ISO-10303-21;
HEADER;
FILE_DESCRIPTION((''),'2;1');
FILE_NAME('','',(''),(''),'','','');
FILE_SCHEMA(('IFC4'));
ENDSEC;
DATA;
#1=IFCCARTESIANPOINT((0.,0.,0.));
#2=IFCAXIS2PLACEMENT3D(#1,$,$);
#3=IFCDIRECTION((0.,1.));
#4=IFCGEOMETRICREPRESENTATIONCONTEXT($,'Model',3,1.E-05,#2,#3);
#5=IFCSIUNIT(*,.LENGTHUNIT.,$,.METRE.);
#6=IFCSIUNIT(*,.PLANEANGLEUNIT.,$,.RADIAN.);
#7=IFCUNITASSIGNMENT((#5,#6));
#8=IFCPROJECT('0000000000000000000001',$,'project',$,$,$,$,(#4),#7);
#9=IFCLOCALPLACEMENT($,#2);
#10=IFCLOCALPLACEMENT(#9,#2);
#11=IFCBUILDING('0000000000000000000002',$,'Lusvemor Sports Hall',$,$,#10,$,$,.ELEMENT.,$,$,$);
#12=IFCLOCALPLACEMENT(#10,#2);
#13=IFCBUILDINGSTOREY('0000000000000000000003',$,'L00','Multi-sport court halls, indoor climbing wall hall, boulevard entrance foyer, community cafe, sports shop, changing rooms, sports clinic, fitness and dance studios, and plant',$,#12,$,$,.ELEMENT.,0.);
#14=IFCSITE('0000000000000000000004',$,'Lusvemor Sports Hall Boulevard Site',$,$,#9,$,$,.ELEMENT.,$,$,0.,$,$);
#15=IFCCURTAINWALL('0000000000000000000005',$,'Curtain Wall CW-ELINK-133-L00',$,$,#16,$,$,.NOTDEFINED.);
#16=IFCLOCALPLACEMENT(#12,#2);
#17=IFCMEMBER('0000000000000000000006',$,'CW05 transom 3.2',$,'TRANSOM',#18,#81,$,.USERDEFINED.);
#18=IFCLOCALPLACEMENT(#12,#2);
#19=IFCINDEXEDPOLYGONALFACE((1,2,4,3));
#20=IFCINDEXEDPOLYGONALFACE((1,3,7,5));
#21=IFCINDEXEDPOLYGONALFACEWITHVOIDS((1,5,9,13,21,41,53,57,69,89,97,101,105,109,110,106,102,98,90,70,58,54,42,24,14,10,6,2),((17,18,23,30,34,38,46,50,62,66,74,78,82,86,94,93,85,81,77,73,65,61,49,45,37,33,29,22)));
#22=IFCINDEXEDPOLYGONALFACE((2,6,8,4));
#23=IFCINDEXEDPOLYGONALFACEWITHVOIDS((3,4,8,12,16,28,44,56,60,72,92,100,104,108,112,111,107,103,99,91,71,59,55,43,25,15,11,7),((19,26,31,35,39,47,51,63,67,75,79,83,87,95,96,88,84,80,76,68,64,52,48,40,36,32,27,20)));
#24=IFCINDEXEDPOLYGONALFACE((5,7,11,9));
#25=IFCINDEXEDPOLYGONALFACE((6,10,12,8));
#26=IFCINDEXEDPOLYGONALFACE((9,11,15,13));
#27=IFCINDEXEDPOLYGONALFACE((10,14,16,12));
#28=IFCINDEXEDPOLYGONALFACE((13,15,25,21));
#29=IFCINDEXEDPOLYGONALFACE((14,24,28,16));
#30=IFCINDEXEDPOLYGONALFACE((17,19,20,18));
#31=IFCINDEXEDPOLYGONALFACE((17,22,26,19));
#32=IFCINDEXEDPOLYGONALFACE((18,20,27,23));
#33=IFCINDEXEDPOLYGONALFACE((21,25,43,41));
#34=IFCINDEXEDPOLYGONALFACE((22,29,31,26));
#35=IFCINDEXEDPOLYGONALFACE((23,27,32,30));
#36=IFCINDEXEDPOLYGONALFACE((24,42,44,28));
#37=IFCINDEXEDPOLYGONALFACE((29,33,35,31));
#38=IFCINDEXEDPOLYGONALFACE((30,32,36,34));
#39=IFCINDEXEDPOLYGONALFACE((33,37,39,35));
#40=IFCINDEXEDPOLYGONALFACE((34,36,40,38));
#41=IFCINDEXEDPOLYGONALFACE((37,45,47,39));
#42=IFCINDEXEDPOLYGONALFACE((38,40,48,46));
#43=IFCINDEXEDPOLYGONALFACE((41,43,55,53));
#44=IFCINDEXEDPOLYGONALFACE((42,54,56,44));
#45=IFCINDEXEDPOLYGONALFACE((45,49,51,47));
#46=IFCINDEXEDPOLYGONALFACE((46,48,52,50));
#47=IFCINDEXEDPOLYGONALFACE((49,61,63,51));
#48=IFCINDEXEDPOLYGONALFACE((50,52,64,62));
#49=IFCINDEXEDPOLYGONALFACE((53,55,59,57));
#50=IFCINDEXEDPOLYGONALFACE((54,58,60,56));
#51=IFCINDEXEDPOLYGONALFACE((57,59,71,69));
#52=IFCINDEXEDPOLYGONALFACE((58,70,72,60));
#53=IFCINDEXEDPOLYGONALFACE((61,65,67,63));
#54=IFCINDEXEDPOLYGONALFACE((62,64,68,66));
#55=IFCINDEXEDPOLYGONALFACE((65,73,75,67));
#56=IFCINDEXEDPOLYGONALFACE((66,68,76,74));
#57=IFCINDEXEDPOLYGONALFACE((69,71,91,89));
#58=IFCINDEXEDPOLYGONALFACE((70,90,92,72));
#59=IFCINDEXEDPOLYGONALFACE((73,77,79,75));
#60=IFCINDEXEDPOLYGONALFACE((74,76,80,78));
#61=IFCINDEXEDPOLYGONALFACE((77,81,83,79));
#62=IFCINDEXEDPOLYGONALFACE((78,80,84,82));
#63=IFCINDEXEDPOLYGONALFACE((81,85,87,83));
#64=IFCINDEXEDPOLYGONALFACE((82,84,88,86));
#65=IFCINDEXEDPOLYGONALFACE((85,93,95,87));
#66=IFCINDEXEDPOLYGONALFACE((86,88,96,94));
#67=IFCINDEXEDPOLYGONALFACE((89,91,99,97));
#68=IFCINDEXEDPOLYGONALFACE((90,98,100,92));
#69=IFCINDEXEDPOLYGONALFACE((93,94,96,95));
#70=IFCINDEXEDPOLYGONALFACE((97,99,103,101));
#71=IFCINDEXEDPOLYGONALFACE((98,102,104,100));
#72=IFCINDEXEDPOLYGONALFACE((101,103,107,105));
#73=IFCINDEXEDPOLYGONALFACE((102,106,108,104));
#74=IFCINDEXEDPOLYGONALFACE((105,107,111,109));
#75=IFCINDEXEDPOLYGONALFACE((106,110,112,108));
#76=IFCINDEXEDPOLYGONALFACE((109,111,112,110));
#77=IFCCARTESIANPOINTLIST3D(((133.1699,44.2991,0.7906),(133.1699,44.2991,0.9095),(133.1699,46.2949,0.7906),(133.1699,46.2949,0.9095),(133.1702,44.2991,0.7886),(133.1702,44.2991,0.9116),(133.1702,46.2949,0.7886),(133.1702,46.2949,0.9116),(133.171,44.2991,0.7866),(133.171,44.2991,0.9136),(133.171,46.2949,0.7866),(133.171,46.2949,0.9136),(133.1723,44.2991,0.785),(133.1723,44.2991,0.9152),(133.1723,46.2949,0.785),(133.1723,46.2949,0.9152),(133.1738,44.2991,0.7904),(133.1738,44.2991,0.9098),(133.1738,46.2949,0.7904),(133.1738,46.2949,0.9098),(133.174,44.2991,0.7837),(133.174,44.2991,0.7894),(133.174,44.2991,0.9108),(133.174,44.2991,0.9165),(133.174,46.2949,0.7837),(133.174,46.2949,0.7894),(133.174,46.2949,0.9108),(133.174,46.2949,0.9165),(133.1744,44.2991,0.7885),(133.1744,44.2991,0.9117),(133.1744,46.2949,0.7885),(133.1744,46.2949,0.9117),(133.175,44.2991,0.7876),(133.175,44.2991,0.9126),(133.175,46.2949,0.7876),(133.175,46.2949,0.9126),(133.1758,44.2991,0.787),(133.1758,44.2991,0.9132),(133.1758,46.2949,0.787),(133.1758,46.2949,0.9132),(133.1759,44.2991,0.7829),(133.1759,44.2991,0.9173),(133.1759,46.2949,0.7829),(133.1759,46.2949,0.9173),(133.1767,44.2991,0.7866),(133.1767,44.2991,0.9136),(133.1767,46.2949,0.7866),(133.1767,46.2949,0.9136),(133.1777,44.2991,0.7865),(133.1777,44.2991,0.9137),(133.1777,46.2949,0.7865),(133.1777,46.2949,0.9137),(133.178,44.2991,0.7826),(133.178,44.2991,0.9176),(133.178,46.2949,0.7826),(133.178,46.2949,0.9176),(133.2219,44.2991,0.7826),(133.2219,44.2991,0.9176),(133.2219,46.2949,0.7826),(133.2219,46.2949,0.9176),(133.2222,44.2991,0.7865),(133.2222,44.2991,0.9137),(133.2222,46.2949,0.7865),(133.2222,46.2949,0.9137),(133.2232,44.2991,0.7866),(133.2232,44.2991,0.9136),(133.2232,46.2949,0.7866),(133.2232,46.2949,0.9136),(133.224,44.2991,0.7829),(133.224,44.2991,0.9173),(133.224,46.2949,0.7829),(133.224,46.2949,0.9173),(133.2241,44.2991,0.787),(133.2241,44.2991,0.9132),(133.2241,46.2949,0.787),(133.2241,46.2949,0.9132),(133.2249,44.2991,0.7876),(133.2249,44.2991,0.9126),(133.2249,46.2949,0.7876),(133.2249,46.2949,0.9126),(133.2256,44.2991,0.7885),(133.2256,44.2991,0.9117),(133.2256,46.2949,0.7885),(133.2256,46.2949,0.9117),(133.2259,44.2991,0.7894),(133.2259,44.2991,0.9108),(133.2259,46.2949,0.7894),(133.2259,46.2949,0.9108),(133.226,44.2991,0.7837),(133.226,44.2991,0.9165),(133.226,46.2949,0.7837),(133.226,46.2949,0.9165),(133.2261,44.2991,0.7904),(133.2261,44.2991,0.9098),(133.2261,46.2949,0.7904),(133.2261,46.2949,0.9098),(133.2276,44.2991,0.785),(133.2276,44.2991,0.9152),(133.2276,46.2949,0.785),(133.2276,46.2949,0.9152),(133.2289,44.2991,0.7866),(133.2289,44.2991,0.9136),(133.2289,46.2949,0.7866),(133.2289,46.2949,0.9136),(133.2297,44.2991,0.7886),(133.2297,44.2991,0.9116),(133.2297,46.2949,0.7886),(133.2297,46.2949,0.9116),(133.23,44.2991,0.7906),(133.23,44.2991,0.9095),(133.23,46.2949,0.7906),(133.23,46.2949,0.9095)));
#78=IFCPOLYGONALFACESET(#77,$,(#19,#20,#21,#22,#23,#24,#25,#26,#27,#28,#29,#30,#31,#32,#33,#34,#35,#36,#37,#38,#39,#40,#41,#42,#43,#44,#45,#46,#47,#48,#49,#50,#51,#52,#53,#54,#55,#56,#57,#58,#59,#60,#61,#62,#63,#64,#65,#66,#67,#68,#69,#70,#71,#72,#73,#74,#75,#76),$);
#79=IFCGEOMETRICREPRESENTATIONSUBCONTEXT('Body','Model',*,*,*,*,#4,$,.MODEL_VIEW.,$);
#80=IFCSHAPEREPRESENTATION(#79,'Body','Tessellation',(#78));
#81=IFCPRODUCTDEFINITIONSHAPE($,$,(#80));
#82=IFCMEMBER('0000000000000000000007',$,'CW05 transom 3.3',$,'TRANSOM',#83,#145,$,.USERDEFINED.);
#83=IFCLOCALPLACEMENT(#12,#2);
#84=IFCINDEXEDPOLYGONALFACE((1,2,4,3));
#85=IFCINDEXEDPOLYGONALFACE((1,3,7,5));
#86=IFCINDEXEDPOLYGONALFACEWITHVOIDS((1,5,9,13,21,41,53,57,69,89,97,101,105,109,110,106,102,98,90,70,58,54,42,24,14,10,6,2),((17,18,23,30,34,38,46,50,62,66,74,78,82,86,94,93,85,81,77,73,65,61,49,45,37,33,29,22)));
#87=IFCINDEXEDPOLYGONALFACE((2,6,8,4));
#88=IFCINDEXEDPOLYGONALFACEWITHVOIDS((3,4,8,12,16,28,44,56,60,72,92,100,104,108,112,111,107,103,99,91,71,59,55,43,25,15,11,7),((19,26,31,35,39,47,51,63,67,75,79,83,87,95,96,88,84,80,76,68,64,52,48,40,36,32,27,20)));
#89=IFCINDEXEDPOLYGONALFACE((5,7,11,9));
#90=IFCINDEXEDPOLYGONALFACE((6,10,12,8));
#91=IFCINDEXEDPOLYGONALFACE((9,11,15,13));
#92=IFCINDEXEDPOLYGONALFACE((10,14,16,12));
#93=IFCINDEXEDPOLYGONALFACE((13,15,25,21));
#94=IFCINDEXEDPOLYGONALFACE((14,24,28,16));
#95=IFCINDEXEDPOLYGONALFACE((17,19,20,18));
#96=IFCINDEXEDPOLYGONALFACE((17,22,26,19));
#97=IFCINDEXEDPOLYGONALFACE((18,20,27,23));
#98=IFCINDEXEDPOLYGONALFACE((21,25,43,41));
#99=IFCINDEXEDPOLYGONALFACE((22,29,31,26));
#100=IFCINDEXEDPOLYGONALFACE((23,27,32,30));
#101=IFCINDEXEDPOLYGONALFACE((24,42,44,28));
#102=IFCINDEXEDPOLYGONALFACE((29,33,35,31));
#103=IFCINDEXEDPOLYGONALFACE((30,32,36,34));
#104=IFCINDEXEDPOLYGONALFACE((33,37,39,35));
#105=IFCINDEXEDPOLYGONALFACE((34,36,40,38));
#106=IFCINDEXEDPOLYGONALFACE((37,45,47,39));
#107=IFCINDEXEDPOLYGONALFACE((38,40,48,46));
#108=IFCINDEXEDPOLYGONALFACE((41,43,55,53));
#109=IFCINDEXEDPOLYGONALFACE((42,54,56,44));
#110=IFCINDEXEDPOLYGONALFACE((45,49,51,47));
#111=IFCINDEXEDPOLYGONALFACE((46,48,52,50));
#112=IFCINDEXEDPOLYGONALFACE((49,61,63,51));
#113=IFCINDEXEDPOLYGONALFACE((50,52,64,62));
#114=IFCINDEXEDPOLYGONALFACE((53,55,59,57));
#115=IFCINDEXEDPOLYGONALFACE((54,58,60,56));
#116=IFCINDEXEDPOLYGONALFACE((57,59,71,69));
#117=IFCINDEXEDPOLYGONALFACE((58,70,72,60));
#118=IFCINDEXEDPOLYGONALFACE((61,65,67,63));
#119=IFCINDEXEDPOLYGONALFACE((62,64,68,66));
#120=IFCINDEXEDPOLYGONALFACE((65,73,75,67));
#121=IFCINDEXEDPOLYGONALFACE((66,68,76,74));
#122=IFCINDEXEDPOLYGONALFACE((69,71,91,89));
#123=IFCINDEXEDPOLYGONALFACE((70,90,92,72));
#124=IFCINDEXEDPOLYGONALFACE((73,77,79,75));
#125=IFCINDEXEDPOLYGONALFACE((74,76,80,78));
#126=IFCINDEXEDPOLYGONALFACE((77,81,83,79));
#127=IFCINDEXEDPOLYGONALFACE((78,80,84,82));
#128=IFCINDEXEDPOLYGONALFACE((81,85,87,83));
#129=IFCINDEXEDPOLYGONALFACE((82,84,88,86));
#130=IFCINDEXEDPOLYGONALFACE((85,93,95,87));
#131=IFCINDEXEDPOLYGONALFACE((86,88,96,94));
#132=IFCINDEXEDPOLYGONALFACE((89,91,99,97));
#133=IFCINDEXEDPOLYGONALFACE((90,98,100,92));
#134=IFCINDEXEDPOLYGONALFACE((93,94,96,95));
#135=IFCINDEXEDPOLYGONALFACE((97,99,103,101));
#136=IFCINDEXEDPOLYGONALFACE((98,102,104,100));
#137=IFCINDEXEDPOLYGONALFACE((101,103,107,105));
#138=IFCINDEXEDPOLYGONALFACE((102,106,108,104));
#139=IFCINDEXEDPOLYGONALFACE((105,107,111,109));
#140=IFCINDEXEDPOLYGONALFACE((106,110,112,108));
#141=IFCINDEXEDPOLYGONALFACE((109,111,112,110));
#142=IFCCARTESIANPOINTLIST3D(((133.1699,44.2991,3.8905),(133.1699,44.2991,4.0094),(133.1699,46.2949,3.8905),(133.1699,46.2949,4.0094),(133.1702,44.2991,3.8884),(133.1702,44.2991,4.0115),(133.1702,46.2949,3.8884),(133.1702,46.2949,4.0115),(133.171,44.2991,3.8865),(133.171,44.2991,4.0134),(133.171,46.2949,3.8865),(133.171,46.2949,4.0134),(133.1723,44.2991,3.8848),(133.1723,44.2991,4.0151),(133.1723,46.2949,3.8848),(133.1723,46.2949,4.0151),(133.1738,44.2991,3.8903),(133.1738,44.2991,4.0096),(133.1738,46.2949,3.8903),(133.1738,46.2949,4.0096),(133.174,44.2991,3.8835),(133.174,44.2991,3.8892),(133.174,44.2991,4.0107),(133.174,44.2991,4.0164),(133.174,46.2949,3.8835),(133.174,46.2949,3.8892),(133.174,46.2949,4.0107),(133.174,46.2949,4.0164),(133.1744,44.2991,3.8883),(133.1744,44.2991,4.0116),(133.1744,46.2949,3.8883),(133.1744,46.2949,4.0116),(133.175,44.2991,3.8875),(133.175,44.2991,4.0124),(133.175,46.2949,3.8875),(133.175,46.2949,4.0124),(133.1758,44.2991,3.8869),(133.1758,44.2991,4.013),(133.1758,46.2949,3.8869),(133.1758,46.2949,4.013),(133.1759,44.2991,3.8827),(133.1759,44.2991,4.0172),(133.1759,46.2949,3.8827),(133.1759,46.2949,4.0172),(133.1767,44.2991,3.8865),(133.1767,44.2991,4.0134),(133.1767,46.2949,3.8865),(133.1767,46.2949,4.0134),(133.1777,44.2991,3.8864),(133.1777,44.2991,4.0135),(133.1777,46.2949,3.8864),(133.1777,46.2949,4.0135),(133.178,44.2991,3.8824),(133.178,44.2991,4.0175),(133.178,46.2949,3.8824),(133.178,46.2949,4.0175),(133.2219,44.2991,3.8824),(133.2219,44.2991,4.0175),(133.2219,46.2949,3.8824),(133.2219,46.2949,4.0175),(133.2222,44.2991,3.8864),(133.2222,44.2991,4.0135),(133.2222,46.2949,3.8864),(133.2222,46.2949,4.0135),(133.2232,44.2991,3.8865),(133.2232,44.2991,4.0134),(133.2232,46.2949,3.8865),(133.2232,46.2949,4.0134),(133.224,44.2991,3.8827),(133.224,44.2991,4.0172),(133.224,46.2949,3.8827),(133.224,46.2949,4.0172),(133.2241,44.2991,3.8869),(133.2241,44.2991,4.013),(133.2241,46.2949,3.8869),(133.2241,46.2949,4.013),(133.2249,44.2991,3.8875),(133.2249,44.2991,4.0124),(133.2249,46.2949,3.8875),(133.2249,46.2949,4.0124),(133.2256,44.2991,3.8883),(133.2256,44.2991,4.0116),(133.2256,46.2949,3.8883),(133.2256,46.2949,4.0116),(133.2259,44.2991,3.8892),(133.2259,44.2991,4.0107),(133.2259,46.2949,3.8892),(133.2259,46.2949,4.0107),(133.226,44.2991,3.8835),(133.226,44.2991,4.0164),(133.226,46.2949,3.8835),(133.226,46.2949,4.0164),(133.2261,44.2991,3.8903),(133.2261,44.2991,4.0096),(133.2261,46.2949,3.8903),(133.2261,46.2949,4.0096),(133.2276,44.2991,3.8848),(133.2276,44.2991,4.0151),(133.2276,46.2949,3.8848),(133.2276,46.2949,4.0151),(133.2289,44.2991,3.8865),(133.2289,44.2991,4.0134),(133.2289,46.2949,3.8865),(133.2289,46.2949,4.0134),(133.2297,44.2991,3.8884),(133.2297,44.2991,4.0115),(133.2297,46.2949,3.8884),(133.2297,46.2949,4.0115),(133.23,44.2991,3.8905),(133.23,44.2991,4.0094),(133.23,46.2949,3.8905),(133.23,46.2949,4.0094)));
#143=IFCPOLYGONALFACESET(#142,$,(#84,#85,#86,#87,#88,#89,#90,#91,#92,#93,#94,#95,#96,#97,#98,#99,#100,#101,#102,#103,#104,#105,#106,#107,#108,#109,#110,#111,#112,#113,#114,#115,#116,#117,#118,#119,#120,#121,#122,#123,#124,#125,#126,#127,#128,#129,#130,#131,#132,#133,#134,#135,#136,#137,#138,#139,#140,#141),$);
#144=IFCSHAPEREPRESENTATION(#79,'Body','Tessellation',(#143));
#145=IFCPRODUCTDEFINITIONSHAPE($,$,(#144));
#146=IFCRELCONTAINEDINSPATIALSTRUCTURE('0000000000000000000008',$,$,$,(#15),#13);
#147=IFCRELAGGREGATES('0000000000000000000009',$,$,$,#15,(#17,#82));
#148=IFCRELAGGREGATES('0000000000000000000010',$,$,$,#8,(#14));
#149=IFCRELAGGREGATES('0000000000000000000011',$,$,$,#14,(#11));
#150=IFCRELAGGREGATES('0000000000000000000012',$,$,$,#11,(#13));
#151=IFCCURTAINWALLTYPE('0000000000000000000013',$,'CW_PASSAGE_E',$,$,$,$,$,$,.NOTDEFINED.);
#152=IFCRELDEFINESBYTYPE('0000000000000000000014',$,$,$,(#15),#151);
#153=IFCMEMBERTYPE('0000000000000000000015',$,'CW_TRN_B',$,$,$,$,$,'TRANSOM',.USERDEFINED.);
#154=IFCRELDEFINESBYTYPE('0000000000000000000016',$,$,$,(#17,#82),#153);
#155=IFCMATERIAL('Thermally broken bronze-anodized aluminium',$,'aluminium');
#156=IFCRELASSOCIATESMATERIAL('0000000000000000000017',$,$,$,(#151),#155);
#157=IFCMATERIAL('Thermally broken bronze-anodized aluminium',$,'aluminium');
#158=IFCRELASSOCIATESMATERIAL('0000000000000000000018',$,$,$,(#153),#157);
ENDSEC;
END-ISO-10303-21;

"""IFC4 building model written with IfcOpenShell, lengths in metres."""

from ifc_helpers import new_model, si_unit, direction, frame, origin, origin_2d, place, context, subcontext, project, spatial, hollow_rectangle, extrude, material, material_profile, profile_set, type_object, element, aggregate, save


model = new_model("IFC4")

# Units and contexts
model_context = context("Model", 3, precision=1e-05, world=origin(), true_north=direction((0.0, 1.0)))
body_context = subcontext(model_context, "Body", "Model", "MODEL_VIEW")
ifc_project = project(units=[si_unit("LENGTHUNIT", "METRE"), si_unit("PLANEANGLEUNIT", "RADIAN")], contexts=[model_context])

# Site, building, storey
site_placement = place(None, origin())
site = spatial("IfcSite", under=ifc_project, at=site_placement, Name="Lusvemor Sports Hall Boulevard Site", CompositionType="ELEMENT", RefElevation=0.0)
building_placement = place(site_placement, origin())
building = spatial("IfcBuilding", under=site, at=building_placement, Name="Lusvemor Sports Hall", CompositionType="ELEMENT")
storey_placement = place(building_placement, origin())
storey = spatial("IfcBuildingStorey", under=building, at=storey_placement, Name="L00", Description="Multi-sport court halls, indoor climbing wall hall, boulevard entrance foyer, community cafe, sports shop, changing rooms, sports clinic, fitness and dance studios, and plant", CompositionType="ELEMENT", Elevation=0.0)

# Curtain wall, members
ifc_material_1 = material(Name="Thermally broken bronze-anodized aluminium", Category="aluminium")
curtain_wall_type = type_object("IfcCurtainWallType", Name="CW_PASSAGE_E", PredefinedType="NOTDEFINED", material=ifc_material_1)
curtain_wall_placement = place(storey_placement, origin())
curtain_wall = element("IfcCurtainWall", 1, at=curtain_wall_placement, inside=storey, type_object=curtain_wall_type, Name="Curtain Wall CW-ELINK-133-L00", PredefinedType="NOTDEFINED")
ifc_material_2 = material(Name="Thermally broken bronze-anodized aluminium", Category="aluminium")
ifc_material_profile_1 = material_profile(ifc_material_2, hollow_rectangle(XDim=0.0601, YDim=0.135, WallThickness=0.0039, InnerFilletRadius=0.0039, OuterFilletRadius=0.0081, at=origin_2d()), Name="CWTRN135x60x4")
ifc_profile_set_1 = profile_set([ifc_material_profile_1], Name="Thermally broken bronze-anodized aluminium")
member_type_1 = type_object("IfcMemberType", Name="CW_TRN_B", ElementType="TRANSOM", PredefinedType="USERDEFINED", material=ifc_profile_set_1)
member_1_placement = place(storey_placement, frame((133.2, 44.2991, 0.8501), z_axis=(0.0, 1.0, 0.0), x_axis=(-1.0, 0.0, 0.0)))
member_1 = element("IfcMember", 2, at=member_1_placement, type_object=member_type_1, Name="CW05 transom 3.2", ObjectType="TRANSOM", PredefinedType="USERDEFINED", context=body_context, shape_type="SweptSolid", body=[
    extrude(hollow_rectangle(XDim=0.0601, YDim=0.135, WallThickness=0.0039, InnerFilletRadius=0.0039, OuterFilletRadius=0.0081, at=origin_2d()), origin(), (0.0, 0.0, 1.0), 1.9958),
])
member_2_placement = place(storey_placement, frame((133.2, 44.2991, 3.95), z_axis=(0.0, 1.0, 0.0), x_axis=(-1.0, 0.0, 0.0)))
member_2 = element("IfcMember", 3, at=member_2_placement, type_object=member_type_1, Name="CW05 transom 3.3", ObjectType="TRANSOM", PredefinedType="USERDEFINED", context=body_context, shape_type="SweptSolid", body=[
    extrude(hollow_rectangle(XDim=0.0601, YDim=0.135, WallThickness=0.0039, InnerFilletRadius=0.0039, OuterFilletRadius=0.0081, at=origin_2d()), origin(), (0.0, 0.0, 1.0), 1.9958),
])
aggregate(curtain_wall, [member_1, member_2])

save(model, "model.ifc")
